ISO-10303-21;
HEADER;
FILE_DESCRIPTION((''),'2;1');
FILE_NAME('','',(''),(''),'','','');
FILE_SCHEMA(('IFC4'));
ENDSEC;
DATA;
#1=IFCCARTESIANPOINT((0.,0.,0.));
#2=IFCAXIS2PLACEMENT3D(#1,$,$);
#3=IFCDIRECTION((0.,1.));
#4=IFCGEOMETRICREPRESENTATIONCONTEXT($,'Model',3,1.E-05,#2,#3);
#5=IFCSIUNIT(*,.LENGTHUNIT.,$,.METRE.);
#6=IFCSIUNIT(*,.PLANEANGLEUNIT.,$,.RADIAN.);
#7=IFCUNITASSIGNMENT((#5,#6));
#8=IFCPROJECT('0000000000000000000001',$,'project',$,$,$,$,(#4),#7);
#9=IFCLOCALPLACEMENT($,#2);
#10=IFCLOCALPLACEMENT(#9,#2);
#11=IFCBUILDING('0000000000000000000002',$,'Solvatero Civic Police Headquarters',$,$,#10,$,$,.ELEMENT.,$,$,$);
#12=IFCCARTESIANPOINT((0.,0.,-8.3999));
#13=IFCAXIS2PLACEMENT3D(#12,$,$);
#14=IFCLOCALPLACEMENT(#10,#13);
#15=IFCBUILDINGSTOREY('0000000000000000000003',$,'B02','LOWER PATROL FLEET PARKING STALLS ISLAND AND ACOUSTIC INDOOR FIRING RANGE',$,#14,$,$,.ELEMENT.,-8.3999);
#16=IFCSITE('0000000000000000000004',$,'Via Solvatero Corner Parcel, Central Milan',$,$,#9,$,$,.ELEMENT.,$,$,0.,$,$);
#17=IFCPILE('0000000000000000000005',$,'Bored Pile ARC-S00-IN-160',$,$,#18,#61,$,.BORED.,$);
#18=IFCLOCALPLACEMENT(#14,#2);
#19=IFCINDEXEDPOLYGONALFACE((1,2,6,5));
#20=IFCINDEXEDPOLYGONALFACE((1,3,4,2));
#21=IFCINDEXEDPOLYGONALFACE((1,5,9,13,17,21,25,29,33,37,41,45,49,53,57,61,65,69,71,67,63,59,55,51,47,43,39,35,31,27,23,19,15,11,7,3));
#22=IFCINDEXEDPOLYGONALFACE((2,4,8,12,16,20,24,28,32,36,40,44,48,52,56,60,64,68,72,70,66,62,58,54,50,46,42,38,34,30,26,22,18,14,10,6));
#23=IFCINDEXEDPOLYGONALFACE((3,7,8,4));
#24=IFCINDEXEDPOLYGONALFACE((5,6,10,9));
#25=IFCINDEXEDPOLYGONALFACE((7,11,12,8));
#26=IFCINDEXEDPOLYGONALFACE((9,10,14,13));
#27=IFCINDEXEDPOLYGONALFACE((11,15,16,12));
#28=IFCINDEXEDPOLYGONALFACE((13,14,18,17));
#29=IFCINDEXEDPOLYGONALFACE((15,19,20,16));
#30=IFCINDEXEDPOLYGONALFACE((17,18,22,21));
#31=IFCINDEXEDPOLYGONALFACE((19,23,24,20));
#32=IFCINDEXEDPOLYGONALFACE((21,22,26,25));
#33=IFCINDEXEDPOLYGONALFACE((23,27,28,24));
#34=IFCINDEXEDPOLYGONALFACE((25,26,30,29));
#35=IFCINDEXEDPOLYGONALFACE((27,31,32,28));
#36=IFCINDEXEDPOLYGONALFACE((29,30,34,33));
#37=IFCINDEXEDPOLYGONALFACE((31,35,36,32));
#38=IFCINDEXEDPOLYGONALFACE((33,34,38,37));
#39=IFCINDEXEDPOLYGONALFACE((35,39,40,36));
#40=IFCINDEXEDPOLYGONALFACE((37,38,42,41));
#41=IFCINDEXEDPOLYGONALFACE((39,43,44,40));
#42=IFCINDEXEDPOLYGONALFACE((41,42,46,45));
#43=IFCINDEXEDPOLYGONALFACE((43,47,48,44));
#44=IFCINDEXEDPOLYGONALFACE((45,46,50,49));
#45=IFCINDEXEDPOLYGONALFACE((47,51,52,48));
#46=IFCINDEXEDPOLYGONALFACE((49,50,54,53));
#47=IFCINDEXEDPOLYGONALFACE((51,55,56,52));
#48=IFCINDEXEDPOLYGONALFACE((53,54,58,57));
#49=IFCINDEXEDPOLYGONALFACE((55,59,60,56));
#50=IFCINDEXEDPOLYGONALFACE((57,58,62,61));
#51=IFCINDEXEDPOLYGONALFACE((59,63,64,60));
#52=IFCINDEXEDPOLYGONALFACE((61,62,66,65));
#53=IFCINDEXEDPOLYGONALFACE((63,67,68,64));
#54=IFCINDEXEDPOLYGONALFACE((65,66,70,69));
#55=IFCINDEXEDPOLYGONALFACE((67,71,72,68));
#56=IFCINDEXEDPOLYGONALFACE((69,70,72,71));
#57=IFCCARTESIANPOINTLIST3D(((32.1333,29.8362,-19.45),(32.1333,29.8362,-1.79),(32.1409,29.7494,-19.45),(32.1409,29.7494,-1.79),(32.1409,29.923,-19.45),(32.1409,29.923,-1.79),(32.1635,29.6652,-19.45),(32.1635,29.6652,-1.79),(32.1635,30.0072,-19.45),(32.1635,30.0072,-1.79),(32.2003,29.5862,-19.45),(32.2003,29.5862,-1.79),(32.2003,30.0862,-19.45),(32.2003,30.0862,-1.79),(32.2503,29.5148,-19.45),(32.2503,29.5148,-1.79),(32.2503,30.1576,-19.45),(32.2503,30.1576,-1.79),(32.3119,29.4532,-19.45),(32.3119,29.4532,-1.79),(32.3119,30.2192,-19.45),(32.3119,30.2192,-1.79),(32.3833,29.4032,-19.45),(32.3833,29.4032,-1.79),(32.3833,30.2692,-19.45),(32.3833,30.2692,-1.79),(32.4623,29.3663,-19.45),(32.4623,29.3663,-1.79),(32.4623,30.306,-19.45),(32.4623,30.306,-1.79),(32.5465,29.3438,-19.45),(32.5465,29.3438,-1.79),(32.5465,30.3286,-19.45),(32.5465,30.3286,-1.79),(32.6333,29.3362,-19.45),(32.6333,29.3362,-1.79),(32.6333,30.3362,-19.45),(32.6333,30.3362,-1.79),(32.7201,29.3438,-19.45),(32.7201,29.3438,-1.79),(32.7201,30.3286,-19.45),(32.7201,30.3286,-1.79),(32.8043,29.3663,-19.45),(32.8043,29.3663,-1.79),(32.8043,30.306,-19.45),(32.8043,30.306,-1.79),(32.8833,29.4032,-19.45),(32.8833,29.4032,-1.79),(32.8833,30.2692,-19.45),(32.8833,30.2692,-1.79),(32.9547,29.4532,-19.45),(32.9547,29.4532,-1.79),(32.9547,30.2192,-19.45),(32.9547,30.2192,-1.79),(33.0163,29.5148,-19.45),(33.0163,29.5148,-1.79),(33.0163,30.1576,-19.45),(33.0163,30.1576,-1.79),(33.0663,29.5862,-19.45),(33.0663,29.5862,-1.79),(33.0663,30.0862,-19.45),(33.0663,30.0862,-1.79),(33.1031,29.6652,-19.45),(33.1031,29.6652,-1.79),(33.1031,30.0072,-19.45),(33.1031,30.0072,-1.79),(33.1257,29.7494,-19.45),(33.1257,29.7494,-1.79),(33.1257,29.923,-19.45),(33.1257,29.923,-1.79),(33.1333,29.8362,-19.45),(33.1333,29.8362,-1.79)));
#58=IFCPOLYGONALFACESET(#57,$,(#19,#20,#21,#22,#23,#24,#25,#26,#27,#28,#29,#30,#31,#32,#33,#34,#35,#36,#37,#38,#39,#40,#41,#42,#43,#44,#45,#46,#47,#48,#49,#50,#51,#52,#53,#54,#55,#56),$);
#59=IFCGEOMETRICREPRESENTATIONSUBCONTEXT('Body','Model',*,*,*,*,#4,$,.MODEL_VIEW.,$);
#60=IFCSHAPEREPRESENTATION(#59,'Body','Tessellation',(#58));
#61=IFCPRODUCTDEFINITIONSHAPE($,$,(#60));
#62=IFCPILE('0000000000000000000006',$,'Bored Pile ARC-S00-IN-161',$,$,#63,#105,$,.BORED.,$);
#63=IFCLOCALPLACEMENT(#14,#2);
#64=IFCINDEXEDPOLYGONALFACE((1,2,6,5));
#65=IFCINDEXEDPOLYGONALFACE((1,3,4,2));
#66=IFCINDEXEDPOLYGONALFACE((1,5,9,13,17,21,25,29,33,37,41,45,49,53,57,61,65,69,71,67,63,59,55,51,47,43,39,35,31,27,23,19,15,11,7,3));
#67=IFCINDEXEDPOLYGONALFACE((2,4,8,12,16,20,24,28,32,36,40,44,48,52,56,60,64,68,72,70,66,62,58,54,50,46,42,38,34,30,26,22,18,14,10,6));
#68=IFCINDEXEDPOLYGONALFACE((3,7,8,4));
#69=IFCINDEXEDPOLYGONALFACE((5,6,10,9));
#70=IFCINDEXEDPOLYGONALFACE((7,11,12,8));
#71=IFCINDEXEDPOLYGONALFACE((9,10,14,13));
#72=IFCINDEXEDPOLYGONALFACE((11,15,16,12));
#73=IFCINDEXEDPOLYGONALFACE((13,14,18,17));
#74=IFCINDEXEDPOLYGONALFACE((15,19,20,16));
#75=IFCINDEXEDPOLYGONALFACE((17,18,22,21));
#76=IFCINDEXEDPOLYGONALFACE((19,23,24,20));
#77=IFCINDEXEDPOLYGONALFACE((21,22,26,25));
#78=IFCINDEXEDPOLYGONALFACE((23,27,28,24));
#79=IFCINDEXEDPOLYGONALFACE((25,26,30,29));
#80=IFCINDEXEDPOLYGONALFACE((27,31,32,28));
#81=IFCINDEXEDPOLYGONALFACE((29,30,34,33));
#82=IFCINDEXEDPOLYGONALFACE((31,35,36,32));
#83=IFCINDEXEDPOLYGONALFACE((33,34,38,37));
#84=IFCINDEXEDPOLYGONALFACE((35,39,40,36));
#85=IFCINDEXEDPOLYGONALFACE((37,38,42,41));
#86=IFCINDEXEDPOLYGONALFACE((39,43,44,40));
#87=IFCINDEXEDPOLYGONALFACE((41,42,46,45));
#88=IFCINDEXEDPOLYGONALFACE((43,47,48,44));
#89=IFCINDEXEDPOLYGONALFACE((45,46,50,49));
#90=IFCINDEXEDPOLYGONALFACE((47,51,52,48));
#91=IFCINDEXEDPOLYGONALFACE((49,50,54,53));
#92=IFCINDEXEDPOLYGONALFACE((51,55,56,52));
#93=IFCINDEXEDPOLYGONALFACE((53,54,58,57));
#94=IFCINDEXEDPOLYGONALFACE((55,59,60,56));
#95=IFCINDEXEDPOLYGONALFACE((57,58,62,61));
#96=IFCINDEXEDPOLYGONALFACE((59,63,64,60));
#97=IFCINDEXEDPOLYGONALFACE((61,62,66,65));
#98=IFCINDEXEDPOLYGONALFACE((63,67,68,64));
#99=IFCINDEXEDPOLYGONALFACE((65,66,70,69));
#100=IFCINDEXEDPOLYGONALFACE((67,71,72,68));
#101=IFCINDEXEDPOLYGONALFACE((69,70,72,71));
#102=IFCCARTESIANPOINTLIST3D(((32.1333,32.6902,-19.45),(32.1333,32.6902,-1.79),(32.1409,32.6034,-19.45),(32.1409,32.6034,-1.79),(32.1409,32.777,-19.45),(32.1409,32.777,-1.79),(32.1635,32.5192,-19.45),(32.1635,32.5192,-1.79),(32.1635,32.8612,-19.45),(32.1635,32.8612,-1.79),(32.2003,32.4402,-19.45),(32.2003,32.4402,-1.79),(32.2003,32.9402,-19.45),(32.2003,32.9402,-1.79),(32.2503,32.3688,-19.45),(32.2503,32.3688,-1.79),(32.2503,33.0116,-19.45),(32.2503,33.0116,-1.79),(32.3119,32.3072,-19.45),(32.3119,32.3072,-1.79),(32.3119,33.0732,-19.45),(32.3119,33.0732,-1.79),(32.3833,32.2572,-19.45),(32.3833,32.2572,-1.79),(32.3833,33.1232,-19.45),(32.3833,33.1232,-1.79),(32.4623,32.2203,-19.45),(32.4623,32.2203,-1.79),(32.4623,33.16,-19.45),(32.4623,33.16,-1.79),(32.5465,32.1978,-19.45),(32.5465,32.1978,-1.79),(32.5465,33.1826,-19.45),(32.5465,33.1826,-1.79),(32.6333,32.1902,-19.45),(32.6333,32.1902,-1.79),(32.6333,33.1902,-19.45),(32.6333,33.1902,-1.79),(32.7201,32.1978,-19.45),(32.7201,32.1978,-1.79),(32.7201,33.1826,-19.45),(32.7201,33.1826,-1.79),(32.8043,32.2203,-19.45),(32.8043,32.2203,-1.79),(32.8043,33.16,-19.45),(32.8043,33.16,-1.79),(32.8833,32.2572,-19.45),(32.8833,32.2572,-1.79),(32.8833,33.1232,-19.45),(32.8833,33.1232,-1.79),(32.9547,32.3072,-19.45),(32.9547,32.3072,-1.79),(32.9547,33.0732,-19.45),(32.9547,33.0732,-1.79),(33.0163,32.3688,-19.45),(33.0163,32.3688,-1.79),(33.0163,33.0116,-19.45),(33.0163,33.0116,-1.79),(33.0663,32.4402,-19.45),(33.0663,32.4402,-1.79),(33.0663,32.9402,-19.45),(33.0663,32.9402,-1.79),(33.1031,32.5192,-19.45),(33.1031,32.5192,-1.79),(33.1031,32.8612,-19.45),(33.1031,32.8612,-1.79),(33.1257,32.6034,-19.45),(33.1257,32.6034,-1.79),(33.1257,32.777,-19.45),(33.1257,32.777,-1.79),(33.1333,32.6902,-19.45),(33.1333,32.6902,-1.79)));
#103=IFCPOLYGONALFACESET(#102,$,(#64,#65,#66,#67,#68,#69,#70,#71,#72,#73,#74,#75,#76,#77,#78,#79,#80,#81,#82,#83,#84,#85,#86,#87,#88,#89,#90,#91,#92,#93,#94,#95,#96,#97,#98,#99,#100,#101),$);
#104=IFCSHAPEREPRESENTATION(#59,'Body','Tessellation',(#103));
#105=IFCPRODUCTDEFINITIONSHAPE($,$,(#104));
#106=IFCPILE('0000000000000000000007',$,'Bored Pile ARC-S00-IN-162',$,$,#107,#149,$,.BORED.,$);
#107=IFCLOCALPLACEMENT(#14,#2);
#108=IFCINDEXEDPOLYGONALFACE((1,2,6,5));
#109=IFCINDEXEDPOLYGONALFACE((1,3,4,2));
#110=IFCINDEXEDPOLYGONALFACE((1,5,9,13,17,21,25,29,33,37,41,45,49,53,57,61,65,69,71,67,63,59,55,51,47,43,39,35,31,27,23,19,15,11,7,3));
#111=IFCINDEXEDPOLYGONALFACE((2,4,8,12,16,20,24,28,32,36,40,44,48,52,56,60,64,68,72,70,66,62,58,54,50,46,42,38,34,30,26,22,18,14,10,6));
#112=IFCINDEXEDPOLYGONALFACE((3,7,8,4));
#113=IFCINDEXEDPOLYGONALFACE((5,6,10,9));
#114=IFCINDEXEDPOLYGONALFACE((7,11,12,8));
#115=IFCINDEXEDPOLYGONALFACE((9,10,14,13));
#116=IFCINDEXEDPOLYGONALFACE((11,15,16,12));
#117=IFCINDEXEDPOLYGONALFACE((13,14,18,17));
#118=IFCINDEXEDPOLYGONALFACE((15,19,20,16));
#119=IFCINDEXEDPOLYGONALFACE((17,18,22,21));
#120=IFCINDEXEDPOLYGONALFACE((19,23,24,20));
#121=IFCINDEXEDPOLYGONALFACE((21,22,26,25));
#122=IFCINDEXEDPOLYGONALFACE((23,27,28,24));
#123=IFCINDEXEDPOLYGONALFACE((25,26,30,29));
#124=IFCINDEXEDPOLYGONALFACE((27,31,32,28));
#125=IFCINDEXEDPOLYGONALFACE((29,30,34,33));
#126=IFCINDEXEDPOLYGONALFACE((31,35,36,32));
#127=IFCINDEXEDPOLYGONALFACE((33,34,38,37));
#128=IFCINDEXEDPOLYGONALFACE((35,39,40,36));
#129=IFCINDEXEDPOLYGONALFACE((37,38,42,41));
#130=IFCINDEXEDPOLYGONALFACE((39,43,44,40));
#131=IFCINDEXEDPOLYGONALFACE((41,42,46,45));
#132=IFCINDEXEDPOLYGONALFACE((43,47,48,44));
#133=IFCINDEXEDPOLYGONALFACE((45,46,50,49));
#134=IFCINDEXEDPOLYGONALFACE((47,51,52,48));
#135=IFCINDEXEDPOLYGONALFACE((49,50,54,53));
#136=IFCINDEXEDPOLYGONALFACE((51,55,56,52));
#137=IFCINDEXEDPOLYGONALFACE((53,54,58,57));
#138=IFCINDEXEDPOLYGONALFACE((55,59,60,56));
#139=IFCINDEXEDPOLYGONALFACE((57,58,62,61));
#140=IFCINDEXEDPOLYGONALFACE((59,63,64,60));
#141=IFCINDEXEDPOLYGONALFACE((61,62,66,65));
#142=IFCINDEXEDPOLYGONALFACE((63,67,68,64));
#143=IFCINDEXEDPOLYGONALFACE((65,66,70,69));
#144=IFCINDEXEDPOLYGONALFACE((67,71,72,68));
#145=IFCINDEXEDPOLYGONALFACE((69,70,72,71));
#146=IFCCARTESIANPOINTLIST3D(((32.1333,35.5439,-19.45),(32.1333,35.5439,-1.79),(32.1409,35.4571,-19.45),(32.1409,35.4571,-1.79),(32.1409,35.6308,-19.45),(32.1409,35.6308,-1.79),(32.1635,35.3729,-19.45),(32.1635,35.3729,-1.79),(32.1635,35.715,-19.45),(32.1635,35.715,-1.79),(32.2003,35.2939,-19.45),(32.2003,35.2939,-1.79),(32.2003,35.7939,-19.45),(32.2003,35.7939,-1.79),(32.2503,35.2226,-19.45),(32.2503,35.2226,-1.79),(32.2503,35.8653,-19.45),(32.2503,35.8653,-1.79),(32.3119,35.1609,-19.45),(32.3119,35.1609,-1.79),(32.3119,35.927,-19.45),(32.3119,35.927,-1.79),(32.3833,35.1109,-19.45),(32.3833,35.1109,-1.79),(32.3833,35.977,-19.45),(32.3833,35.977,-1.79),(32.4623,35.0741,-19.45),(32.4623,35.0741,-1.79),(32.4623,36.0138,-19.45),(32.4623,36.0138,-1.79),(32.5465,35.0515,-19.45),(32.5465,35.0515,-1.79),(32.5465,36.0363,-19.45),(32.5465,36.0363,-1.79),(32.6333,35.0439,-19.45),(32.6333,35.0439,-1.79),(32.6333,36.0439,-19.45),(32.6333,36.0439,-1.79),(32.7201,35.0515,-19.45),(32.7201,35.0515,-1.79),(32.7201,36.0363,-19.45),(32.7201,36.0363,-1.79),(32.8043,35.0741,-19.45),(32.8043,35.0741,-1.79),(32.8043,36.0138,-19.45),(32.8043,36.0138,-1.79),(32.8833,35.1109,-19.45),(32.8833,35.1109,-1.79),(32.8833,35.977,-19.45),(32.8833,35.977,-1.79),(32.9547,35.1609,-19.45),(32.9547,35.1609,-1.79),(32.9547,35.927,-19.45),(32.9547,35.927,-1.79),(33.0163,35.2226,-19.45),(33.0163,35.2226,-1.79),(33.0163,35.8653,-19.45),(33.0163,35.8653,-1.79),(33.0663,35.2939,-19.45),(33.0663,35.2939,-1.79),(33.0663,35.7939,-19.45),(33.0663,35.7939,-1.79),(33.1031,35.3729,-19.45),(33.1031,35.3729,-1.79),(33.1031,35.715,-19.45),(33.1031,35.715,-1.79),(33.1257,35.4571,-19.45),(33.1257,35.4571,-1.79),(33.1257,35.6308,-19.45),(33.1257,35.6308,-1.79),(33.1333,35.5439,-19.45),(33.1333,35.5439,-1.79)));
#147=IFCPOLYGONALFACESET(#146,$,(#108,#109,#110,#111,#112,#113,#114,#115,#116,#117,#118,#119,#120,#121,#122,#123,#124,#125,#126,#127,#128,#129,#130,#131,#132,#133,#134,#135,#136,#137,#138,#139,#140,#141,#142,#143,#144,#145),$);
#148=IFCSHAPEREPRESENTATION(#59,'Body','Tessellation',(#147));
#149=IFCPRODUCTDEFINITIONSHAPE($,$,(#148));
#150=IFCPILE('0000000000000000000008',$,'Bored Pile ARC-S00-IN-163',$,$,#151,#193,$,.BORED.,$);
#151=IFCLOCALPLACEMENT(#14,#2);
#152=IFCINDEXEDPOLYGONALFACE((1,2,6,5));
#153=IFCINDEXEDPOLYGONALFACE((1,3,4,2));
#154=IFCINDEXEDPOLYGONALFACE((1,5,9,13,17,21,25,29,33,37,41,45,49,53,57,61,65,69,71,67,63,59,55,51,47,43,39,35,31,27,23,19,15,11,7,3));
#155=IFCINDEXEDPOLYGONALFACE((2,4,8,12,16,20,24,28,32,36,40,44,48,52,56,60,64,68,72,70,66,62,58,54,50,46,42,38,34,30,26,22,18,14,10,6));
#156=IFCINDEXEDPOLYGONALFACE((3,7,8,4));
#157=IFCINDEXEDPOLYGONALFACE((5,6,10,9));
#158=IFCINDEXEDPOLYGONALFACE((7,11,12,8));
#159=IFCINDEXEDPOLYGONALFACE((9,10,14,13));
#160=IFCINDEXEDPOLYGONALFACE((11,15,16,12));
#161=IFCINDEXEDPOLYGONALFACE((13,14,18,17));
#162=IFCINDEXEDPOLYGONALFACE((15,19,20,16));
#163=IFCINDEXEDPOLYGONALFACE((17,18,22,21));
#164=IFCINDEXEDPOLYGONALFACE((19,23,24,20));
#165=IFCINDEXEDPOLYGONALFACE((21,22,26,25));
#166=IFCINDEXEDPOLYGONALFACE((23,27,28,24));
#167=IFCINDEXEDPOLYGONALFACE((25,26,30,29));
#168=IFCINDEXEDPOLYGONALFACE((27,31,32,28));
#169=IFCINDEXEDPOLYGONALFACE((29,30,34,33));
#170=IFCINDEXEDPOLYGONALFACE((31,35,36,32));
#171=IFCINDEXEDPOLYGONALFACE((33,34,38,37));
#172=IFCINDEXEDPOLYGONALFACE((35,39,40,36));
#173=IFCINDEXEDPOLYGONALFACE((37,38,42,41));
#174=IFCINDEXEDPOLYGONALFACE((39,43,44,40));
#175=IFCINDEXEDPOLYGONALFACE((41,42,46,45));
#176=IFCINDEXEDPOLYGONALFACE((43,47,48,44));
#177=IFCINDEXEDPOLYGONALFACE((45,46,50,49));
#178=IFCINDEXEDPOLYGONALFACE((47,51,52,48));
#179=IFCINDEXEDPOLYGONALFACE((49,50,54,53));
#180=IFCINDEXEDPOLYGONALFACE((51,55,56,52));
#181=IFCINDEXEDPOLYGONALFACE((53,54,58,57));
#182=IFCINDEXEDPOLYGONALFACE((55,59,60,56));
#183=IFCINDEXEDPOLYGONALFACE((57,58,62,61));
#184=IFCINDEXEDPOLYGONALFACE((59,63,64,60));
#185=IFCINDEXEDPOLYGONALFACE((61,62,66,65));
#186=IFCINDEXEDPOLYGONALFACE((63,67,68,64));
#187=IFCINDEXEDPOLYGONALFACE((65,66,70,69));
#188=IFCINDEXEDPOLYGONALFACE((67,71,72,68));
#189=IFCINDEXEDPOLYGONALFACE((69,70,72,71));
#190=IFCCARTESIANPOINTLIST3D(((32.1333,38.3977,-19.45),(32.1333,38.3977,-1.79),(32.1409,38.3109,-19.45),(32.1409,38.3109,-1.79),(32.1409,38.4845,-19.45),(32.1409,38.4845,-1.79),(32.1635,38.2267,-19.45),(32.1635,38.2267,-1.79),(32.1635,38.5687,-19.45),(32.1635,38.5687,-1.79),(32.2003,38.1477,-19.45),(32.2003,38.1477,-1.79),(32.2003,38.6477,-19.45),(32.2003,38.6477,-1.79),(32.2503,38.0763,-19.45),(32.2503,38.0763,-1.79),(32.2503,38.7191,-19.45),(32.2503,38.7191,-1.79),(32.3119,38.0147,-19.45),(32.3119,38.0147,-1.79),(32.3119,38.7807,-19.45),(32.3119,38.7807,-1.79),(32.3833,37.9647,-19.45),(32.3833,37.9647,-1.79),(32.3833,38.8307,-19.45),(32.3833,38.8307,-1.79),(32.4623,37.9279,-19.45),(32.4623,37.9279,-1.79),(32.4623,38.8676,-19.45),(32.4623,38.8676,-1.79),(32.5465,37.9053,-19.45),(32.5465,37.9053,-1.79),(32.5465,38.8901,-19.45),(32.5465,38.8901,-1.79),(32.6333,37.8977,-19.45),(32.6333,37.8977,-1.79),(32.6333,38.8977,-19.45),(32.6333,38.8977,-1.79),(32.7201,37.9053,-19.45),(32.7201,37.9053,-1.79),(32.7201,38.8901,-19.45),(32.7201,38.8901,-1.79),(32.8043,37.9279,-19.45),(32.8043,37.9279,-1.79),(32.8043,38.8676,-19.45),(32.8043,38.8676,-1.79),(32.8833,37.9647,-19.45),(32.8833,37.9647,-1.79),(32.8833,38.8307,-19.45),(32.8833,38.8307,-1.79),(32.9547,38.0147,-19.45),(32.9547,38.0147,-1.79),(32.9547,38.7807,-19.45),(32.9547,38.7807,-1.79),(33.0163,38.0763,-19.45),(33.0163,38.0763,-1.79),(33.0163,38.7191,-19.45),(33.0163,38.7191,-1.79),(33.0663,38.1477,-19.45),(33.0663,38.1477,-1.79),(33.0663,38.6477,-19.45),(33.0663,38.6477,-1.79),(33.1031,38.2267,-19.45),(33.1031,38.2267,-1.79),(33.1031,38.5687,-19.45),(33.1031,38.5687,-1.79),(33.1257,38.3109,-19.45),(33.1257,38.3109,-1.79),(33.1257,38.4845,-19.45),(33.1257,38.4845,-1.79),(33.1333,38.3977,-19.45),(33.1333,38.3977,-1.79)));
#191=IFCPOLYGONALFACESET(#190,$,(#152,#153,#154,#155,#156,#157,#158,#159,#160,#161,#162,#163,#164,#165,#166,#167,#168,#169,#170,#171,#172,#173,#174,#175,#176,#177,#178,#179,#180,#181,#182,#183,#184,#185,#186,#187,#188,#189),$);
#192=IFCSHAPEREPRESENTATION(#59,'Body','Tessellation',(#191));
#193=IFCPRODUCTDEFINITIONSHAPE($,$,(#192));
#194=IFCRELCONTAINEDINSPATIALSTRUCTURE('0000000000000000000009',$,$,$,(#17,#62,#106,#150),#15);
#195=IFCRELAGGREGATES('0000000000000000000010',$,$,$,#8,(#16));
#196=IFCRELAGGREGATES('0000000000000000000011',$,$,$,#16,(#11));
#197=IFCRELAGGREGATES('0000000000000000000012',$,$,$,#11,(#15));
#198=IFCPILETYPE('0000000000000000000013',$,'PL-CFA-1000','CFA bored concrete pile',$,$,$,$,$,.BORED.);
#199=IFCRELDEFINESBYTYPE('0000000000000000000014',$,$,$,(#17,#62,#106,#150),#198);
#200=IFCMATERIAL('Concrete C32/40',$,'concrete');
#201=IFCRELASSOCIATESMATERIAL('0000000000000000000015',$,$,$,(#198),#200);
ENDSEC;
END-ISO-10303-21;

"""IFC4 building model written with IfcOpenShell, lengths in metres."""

from ifc_helpers import new_model, si_unit, direction, frame, origin, origin_2d, place, context, subcontext, project, spatial, circle, extrude, material, material_profile, profile_set, type_object, element, save


model = new_model("IFC4")

# Units and contexts
model_context = context("Model", 3, precision=1e-05, world=origin(), true_north=direction((0.0, 1.0)))
body_context = subcontext(model_context, "Body", "Model", "MODEL_VIEW")
ifc_project = project(units=[si_unit("LENGTHUNIT", "METRE"), si_unit("PLANEANGLEUNIT", "RADIAN")], contexts=[model_context])

# Site, building, storey
site_placement = place(None, origin())
site = spatial("IfcSite", under=ifc_project, at=site_placement, Name="Via Solvatero Corner Parcel, Central Milan", CompositionType="ELEMENT", RefElevation=0.0)
building_placement = place(site_placement, origin())
building = spatial("IfcBuilding", under=site, at=building_placement, Name="Solvatero Civic Police Headquarters", CompositionType="ELEMENT")
storey_placement = place(building_placement, frame((0.0, 0.0, -8.3999)))
storey = spatial("IfcBuildingStorey", under=building, at=storey_placement, Name="B02", Description="LOWER PATROL FLEET PARKING STALLS ISLAND AND ACOUSTIC INDOOR FIRING RANGE", CompositionType="ELEMENT", Elevation=-8.3999)

# Piles
ifc_material_1 = material(Name="Concrete C32/40", Category="concrete")
ifc_material_profile_1 = material_profile(ifc_material_1, circle(Radius=0.5, at=origin_2d()), Name="CFA PILE D1000")
ifc_profile_set_1 = profile_set([ifc_material_profile_1], Name="Concrete C32/40")
pile_type = type_object("IfcPileType", Name="PL-CFA-1000", Description="CFA bored concrete pile", PredefinedType="BORED", material=ifc_profile_set_1)
for number, where, z_axis, x_axis, name in (
    (1, (32.6333, 29.8362, -1.79), (0.0, 0.0, -1.0), (1.0, 0.0, 0.0), "Bored Pile ARC-S00-IN-160"),
    (2, (32.6333, 32.6902, -1.79), (0.0, 0.0, -1.0), (1.0, 0.0, 0.0), "Bored Pile ARC-S00-IN-161"),
    (3, (32.6333, 35.5439, -1.79), (0.0, 0.0, -1.0), (1.0, 0.0, 0.0), "Bored Pile ARC-S00-IN-162"),
    (4, (32.6333, 38.3977, -1.79), (0.0, 0.0, -1.0), (1.0, 0.0, 0.0), "Bored Pile ARC-S00-IN-163"),
):
    element("IfcPile", number, at=place(storey_placement, frame(where, z_axis=z_axis, x_axis=x_axis)), inside=storey, type_object=pile_type, Name=name, PredefinedType="BORED", context=body_context, shape_type="SweptSolid", body=[
        extrude(circle(Radius=0.5, at=origin_2d()), origin(), (0.0, 0.0, 1.0), 17.6599),
    ])

save(model, "model.ifc")
